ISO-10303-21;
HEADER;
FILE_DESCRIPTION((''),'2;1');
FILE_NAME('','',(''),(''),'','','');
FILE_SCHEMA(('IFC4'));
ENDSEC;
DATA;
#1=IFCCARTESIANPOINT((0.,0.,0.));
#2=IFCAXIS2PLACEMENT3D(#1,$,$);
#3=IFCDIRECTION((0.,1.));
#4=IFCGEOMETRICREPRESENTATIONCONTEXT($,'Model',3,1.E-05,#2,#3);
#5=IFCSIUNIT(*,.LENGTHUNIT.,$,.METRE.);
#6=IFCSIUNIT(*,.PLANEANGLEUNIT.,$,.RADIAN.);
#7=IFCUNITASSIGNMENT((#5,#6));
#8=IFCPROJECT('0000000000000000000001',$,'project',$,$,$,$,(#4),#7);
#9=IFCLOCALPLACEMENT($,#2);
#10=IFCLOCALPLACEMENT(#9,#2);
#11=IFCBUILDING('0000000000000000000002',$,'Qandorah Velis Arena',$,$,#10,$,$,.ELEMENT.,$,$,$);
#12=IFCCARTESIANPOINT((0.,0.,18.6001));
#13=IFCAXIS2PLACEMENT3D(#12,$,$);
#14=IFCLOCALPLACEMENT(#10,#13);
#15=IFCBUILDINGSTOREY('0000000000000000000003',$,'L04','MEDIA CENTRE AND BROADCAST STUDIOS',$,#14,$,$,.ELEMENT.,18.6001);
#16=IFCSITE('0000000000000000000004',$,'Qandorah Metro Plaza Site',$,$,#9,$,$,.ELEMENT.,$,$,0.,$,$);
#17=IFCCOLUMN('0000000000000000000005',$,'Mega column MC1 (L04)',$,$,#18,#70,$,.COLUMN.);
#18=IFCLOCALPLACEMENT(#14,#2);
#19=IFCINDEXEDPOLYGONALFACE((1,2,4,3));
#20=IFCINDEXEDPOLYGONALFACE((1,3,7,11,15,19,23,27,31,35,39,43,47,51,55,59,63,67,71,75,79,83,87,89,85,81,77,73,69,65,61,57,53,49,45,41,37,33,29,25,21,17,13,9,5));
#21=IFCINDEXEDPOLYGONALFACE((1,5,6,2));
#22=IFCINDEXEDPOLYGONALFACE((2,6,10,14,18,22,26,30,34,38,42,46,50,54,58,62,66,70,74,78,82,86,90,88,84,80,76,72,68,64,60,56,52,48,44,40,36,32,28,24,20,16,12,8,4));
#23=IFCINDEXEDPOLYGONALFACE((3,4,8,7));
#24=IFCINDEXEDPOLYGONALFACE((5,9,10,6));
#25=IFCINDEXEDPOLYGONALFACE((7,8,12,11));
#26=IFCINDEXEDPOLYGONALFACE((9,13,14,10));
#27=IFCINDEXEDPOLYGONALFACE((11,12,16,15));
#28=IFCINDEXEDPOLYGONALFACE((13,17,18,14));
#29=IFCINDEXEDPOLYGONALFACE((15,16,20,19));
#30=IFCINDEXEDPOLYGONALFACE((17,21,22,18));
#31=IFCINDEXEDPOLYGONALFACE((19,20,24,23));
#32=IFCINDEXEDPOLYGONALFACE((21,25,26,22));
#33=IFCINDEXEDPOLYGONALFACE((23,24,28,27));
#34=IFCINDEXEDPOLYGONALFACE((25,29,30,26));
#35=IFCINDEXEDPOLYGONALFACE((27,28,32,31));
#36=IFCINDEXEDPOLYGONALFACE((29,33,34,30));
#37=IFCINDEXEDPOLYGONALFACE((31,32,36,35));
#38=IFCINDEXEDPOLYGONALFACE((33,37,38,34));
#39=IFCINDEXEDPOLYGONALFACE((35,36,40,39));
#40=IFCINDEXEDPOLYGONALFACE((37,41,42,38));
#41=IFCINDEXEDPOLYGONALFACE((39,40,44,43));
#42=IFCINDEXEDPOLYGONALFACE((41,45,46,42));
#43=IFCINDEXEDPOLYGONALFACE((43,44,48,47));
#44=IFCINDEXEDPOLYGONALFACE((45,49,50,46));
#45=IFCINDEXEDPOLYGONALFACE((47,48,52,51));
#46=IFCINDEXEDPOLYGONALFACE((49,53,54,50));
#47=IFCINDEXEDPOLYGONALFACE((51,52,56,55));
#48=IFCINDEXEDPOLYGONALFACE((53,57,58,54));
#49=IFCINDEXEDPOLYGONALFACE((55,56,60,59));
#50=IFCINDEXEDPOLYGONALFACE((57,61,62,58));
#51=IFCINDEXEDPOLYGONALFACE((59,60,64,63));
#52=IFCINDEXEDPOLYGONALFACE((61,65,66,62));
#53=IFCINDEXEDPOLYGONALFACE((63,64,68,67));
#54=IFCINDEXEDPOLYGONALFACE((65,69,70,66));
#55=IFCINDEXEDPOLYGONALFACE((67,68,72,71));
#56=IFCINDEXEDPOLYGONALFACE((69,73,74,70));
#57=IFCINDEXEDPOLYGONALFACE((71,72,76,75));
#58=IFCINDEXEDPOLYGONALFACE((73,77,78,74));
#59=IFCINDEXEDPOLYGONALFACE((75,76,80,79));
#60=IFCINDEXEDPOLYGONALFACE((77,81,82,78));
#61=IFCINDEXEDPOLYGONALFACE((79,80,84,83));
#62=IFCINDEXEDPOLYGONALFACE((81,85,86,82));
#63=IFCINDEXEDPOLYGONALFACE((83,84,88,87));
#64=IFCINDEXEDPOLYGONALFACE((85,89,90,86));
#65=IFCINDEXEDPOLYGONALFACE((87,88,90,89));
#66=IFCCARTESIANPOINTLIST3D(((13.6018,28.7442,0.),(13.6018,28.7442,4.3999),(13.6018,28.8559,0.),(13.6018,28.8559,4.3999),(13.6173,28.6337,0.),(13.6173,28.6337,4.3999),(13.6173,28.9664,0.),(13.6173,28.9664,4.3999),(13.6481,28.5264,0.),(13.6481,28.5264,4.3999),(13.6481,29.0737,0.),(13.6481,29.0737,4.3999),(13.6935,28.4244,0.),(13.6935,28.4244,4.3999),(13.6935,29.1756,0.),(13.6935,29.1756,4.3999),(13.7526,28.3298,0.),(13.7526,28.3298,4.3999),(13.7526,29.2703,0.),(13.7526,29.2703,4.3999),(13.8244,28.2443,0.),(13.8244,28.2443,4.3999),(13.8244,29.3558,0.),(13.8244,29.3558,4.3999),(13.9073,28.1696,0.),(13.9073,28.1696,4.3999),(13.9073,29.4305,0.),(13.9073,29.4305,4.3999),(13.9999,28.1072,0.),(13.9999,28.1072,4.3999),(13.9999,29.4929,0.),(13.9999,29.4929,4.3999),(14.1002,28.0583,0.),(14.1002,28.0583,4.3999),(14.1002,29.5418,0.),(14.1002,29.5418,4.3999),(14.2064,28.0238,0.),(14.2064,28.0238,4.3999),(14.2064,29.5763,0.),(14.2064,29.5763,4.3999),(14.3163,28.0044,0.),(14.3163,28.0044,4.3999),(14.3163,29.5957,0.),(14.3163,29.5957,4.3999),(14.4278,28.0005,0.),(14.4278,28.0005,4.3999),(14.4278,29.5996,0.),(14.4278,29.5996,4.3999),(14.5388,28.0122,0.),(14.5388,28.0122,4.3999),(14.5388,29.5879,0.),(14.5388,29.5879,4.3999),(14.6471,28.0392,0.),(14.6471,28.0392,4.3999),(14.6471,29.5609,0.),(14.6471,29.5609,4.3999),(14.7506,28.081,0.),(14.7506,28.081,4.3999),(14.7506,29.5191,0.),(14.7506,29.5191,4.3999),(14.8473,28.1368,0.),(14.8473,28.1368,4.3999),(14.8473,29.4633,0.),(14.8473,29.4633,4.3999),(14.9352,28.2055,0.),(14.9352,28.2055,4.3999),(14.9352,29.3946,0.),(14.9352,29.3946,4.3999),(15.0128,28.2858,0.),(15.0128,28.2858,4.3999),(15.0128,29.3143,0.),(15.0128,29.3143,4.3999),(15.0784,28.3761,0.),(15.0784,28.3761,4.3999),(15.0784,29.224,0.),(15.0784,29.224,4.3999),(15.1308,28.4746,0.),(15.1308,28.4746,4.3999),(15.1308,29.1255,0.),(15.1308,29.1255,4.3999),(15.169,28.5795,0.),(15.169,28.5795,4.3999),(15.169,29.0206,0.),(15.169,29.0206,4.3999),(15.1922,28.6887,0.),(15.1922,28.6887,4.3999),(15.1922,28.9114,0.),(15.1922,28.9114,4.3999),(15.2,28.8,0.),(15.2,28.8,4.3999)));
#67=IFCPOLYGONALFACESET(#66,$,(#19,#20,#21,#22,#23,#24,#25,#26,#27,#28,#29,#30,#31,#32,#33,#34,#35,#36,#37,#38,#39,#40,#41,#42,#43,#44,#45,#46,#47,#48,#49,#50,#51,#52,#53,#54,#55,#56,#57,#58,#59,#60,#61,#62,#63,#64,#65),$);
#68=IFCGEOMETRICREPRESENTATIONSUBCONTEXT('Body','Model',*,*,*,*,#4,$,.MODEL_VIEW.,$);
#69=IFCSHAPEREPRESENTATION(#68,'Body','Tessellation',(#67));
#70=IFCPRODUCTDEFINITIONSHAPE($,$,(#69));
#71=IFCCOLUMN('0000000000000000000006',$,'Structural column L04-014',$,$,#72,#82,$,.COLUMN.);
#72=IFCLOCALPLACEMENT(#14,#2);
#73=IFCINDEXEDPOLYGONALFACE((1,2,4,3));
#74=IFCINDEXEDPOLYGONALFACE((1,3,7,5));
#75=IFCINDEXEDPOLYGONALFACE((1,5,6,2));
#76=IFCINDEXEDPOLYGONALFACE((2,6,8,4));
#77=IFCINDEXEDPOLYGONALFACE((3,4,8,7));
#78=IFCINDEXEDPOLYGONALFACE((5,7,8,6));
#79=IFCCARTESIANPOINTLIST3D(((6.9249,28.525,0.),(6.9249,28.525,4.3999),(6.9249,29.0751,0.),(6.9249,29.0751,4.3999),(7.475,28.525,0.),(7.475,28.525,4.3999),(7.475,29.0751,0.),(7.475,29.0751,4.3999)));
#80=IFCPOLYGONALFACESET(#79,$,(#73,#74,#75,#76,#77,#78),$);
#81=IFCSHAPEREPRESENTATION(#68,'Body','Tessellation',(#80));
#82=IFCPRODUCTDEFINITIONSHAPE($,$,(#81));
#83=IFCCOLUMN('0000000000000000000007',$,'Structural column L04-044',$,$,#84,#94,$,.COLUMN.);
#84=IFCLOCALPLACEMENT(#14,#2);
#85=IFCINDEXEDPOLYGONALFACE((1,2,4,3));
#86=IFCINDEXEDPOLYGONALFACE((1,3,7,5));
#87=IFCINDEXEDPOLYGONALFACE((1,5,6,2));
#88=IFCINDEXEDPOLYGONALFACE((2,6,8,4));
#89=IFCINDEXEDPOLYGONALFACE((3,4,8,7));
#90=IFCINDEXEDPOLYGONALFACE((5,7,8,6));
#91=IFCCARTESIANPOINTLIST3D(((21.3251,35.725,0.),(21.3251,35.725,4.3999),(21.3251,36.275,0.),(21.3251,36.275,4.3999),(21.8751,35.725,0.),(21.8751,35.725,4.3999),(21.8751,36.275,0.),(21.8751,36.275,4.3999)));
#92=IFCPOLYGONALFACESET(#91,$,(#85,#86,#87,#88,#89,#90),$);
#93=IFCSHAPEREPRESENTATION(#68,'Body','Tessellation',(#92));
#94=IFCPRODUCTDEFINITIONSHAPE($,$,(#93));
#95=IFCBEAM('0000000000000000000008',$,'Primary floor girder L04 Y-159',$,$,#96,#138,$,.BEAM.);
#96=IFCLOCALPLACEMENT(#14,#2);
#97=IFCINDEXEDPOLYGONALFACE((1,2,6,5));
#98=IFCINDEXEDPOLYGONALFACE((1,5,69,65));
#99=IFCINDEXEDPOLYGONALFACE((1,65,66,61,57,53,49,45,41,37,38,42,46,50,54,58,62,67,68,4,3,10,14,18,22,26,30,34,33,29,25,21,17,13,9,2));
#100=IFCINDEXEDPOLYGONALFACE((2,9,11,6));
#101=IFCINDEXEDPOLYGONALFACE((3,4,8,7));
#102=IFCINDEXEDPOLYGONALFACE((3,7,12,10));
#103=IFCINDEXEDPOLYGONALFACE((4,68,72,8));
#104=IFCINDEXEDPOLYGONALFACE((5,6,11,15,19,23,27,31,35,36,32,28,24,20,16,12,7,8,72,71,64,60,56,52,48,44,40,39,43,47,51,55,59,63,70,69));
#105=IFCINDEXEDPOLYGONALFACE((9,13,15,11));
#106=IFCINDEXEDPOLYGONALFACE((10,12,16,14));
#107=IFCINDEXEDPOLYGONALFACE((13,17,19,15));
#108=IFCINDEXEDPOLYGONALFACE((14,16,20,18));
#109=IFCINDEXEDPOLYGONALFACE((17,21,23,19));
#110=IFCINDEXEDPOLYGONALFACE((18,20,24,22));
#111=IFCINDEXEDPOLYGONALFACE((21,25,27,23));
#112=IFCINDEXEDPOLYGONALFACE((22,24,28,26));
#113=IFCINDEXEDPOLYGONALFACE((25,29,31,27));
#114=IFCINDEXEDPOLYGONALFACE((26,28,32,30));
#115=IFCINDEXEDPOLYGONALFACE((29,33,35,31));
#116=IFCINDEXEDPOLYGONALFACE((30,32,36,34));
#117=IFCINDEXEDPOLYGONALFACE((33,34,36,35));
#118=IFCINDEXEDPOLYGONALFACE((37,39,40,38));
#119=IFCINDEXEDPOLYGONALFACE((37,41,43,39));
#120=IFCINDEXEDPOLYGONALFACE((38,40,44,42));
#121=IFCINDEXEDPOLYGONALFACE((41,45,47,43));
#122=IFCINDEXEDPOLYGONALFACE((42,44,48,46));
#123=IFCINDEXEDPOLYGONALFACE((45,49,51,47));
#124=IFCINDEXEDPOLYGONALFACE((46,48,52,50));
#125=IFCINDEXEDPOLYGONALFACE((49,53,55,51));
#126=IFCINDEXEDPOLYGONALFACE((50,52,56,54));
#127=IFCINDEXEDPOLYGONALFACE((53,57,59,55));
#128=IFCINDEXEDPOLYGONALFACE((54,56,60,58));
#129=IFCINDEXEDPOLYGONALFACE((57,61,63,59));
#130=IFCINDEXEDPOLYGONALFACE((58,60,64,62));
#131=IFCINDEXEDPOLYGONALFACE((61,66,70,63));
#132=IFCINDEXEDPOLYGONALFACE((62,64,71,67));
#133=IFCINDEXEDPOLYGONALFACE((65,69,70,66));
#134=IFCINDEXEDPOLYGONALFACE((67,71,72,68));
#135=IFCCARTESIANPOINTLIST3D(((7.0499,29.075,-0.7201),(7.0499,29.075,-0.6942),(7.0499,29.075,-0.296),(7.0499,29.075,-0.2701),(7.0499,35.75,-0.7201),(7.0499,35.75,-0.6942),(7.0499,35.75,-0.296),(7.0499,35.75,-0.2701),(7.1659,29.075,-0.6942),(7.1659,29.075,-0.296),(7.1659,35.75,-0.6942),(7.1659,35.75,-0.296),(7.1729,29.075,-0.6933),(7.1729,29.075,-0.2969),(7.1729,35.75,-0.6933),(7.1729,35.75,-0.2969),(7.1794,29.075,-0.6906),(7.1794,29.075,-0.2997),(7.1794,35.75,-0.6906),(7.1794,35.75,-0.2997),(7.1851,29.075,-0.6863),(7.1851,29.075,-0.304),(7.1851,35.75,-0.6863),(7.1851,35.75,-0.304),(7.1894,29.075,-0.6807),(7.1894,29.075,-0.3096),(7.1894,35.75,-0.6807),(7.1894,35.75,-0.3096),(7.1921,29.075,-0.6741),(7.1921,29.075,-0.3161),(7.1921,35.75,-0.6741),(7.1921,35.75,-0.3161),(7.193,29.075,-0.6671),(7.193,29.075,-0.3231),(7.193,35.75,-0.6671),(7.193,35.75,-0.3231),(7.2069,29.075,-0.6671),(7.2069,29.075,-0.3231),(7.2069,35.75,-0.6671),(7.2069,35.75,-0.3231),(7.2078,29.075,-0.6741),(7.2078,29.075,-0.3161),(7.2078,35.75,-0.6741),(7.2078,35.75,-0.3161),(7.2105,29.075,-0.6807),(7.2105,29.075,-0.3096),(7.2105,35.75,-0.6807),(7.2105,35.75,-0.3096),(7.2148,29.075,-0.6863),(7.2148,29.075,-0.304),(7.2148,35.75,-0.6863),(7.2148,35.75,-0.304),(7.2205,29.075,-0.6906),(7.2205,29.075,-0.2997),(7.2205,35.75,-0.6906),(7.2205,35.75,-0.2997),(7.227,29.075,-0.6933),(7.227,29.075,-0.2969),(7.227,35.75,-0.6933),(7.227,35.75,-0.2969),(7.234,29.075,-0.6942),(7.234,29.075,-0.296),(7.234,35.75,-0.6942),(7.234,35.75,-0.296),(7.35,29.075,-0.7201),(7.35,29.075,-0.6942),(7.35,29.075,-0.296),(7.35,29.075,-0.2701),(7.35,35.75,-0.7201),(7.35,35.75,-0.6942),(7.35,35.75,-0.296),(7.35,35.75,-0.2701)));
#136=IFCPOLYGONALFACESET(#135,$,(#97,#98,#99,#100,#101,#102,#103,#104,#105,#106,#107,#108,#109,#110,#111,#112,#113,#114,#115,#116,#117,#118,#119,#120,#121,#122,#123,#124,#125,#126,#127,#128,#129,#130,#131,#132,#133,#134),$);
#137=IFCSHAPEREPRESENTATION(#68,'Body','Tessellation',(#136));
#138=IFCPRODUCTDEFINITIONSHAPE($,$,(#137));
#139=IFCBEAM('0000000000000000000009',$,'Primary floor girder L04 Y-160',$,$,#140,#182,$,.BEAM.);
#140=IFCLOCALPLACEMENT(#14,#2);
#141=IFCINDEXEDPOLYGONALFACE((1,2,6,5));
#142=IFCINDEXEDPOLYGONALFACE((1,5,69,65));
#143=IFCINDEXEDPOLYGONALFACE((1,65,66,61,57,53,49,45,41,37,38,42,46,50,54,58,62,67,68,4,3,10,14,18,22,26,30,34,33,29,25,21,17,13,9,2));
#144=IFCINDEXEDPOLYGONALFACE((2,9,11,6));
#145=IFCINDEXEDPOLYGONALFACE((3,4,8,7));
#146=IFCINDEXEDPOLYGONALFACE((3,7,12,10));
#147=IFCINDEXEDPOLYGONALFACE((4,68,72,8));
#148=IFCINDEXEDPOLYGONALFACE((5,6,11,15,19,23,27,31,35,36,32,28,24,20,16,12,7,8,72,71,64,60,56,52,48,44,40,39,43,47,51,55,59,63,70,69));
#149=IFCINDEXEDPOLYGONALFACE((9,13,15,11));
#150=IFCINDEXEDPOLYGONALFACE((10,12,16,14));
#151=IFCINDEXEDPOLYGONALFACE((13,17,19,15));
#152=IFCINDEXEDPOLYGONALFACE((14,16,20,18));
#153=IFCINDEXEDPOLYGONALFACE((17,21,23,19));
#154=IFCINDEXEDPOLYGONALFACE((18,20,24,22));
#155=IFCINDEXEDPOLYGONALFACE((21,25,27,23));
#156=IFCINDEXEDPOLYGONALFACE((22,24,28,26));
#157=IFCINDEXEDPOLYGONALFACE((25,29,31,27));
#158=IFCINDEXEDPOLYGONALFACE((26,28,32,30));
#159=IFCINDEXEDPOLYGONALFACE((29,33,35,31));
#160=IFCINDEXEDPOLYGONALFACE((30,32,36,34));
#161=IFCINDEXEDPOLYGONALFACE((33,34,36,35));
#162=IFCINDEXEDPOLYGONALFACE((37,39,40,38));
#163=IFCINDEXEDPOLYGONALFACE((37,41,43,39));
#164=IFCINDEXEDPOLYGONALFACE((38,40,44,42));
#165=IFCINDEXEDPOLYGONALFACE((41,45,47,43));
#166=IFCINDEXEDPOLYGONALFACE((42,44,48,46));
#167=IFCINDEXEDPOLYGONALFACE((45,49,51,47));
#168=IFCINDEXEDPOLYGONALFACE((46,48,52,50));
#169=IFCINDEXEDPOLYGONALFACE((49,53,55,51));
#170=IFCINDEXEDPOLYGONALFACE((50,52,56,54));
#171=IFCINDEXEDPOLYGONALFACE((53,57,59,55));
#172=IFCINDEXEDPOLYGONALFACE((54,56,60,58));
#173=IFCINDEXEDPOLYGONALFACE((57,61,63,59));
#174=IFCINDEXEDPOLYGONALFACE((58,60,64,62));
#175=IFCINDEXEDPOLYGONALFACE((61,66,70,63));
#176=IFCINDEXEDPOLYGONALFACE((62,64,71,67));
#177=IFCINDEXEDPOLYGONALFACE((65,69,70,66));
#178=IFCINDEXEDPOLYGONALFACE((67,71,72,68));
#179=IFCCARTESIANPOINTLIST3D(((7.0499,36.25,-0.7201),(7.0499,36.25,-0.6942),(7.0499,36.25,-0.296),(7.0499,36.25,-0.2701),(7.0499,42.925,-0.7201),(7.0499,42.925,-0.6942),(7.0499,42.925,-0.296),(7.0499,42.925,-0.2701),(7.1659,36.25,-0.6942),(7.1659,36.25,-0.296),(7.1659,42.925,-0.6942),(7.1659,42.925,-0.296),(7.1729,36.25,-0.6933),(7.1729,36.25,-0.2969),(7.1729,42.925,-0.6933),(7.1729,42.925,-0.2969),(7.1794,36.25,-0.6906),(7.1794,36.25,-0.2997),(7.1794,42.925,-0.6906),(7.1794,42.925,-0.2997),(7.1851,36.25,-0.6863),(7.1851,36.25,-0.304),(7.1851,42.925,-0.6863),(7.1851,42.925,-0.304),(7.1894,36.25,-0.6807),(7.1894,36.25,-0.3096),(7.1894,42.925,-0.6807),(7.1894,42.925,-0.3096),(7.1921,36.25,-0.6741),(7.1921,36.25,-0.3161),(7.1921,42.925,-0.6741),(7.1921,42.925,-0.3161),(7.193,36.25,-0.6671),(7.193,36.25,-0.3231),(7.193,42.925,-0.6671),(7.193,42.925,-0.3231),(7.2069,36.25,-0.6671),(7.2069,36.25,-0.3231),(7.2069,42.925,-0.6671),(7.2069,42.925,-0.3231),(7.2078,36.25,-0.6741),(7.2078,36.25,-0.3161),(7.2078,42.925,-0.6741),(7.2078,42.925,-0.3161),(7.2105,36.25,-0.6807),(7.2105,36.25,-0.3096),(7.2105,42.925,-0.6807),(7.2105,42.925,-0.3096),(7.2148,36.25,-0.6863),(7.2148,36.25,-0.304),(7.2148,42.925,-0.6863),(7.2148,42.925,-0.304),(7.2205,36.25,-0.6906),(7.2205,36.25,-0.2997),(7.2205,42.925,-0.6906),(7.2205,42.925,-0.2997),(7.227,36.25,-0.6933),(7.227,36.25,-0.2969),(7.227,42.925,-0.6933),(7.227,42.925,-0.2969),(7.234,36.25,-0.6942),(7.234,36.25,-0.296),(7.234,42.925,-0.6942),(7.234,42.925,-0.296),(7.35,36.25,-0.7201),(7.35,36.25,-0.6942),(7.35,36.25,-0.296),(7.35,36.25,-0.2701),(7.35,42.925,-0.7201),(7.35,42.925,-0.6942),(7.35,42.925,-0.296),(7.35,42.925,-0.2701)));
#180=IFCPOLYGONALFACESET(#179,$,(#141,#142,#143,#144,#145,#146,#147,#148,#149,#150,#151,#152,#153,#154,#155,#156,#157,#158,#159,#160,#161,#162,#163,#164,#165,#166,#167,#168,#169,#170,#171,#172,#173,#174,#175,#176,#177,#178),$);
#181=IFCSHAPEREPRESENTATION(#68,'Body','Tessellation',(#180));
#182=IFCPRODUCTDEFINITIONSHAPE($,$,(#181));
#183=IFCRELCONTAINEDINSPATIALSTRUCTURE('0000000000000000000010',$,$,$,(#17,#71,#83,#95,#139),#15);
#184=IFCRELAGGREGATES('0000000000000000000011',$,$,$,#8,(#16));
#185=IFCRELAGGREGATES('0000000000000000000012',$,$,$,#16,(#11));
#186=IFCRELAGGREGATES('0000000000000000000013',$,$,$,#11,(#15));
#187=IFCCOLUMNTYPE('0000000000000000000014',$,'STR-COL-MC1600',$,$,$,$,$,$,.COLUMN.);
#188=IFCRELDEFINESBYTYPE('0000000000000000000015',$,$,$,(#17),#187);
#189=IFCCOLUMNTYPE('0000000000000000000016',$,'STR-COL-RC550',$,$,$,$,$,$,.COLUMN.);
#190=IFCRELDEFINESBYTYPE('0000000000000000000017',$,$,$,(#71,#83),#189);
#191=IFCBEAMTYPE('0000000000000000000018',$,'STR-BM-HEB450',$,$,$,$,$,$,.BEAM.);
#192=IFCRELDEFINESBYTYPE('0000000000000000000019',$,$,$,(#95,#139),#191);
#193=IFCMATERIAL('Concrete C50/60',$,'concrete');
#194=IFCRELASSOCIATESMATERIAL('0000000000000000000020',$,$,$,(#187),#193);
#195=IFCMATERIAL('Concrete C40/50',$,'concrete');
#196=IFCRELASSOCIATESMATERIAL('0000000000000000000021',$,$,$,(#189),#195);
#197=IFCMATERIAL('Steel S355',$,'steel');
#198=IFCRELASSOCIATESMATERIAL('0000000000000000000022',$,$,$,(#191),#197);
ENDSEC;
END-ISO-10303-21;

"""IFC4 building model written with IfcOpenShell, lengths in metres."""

from ifc_helpers import new_model, si_unit, direction, frame, origin, origin_2d, place, context, subcontext, project, spatial, rectangle, circle, i_section, extrude, material, material_profile, profile_set, type_object, element, save


model = new_model("IFC4")

# Units and contexts
model_context = context("Model", 3, precision=1e-05, world=origin(), true_north=direction((0.0, 1.0)))
body_context = subcontext(model_context, "Body", "Model", "MODEL_VIEW")
ifc_project = project(units=[si_unit("LENGTHUNIT", "METRE"), si_unit("PLANEANGLEUNIT", "RADIAN")], contexts=[model_context])

# Site, building, storey
site_placement = place(None, origin())
site = spatial("IfcSite", under=ifc_project, at=site_placement, Name="Qandorah Metro Plaza Site", CompositionType="ELEMENT", RefElevation=0.0)
building_placement = place(site_placement, origin())
building = spatial("IfcBuilding", under=site, at=building_placement, Name="Qandorah Velis Arena", CompositionType="ELEMENT")
storey_placement = place(building_placement, frame((0.0, 0.0, 18.6001)))
storey = spatial("IfcBuildingStorey", under=building, at=storey_placement, Name="L04", Description="MEDIA CENTRE AND BROADCAST STUDIOS", CompositionType="ELEMENT", Elevation=18.6001)

# Columns
ifc_material_1 = material(Name="Steel S355", Category="steel")
ifc_material_2 = material(Name="Concrete C50/60", Category="concrete")
ifc_material_profile_1 = material_profile(ifc_material_2, circle(Radius=0.8, at=origin_2d()), Name="MC D1600")
ifc_profile_set_1 = profile_set([ifc_material_profile_1], Name="Concrete C50/60")
column_type_1 = type_object("IfcColumnType", Name="STR-COL-MC1600", PredefinedType="COLUMN", material=ifc_profile_set_1)
column_placement = place(storey_placement, frame((14.3999, 28.8, 0.0), z_axis=(0.0, 0.0, 1.0), x_axis=(1.0, 0.0, 0.0)))
element("IfcColumn", 1, at=column_placement, inside=storey, type_object=column_type_1, Name="Mega column MC1 (L04)", PredefinedType="COLUMN", context=body_context, shape_type="SweptSolid", body=[
    extrude(circle(Radius=0.8, at=origin_2d()), origin(), (0.0, 0.0, 1.0), 4.3999),
])
ifc_material_3 = material(Name="Concrete C40/50", Category="concrete")
ifc_material_profile_2 = material_profile(ifc_material_3, rectangle(XDim=0.55, YDim=0.55, at=origin_2d()), Name="RC COL 550x550")
ifc_profile_set_2 = profile_set([ifc_material_profile_2], Name="Concrete C40/50")
column_type_2 = type_object("IfcColumnType", Name="STR-COL-RC550", PredefinedType="COLUMN", material=ifc_profile_set_2)
for number, where, z_axis, x_axis, name in (
    (2, (7.2, 28.8, 0.0), (0.0, 0.0, 1.0), (1.0, 0.0, 0.0), "Structural column L04-014"),
    (3, (21.6001, 36.0, 0.0), (0.0, 0.0, 1.0), (1.0, 0.0, 0.0), "Structural column L04-044"),
):
    element("IfcColumn", number, at=place(storey_placement, frame(where, z_axis=z_axis, x_axis=x_axis)), inside=storey, type_object=column_type_2, Name=name, PredefinedType="COLUMN", context=body_context, shape_type="SweptSolid", body=[
        extrude(rectangle(XDim=0.55, YDim=0.55, at=origin_2d()), origin(), (0.0, 0.0, 1.0), 4.3999),
    ])

# Beams
ifc_material_profile_3 = material_profile(ifc_material_1, i_section(OverallWidth=0.3, OverallDepth=0.45, WebThickness=0.0139, FlangeThickness=0.0259, FilletRadius=0.0271, at=origin_2d()), Name="HEB 450")
ifc_profile_set_3 = profile_set([ifc_material_profile_3], Name="Steel S355")
beam_type_1 = type_object("IfcBeamType", Name="STR-BM-HEB450", PredefinedType="BEAM", material=ifc_profile_set_3)
for number, where, z_axis, x_axis, name in (
    (4, (7.2, 29.075, -0.4951), (0.0, 1.0, 0.0), (-1.0, 0.0, 0.0), "Primary floor girder L04 Y-159"),
    (5, (7.2, 36.25, -0.4951), (0.0, 1.0, 0.0), (-1.0, 0.0, 0.0), "Primary floor girder L04 Y-160"),
):
    element("IfcBeam", number, at=place(storey_placement, frame(where, z_axis=z_axis, x_axis=x_axis)), inside=storey, type_object=beam_type_1, Name=name, PredefinedType="BEAM", context=body_context, shape_type="SweptSolid", body=[
        extrude(i_section(OverallWidth=0.3, OverallDepth=0.45, WebThickness=0.0139, FlangeThickness=0.0259, FilletRadius=0.0271, at=origin_2d()), origin(), (0.0, 0.0, 1.0), 6.675),
    ])

save(model, "model.ifc")
